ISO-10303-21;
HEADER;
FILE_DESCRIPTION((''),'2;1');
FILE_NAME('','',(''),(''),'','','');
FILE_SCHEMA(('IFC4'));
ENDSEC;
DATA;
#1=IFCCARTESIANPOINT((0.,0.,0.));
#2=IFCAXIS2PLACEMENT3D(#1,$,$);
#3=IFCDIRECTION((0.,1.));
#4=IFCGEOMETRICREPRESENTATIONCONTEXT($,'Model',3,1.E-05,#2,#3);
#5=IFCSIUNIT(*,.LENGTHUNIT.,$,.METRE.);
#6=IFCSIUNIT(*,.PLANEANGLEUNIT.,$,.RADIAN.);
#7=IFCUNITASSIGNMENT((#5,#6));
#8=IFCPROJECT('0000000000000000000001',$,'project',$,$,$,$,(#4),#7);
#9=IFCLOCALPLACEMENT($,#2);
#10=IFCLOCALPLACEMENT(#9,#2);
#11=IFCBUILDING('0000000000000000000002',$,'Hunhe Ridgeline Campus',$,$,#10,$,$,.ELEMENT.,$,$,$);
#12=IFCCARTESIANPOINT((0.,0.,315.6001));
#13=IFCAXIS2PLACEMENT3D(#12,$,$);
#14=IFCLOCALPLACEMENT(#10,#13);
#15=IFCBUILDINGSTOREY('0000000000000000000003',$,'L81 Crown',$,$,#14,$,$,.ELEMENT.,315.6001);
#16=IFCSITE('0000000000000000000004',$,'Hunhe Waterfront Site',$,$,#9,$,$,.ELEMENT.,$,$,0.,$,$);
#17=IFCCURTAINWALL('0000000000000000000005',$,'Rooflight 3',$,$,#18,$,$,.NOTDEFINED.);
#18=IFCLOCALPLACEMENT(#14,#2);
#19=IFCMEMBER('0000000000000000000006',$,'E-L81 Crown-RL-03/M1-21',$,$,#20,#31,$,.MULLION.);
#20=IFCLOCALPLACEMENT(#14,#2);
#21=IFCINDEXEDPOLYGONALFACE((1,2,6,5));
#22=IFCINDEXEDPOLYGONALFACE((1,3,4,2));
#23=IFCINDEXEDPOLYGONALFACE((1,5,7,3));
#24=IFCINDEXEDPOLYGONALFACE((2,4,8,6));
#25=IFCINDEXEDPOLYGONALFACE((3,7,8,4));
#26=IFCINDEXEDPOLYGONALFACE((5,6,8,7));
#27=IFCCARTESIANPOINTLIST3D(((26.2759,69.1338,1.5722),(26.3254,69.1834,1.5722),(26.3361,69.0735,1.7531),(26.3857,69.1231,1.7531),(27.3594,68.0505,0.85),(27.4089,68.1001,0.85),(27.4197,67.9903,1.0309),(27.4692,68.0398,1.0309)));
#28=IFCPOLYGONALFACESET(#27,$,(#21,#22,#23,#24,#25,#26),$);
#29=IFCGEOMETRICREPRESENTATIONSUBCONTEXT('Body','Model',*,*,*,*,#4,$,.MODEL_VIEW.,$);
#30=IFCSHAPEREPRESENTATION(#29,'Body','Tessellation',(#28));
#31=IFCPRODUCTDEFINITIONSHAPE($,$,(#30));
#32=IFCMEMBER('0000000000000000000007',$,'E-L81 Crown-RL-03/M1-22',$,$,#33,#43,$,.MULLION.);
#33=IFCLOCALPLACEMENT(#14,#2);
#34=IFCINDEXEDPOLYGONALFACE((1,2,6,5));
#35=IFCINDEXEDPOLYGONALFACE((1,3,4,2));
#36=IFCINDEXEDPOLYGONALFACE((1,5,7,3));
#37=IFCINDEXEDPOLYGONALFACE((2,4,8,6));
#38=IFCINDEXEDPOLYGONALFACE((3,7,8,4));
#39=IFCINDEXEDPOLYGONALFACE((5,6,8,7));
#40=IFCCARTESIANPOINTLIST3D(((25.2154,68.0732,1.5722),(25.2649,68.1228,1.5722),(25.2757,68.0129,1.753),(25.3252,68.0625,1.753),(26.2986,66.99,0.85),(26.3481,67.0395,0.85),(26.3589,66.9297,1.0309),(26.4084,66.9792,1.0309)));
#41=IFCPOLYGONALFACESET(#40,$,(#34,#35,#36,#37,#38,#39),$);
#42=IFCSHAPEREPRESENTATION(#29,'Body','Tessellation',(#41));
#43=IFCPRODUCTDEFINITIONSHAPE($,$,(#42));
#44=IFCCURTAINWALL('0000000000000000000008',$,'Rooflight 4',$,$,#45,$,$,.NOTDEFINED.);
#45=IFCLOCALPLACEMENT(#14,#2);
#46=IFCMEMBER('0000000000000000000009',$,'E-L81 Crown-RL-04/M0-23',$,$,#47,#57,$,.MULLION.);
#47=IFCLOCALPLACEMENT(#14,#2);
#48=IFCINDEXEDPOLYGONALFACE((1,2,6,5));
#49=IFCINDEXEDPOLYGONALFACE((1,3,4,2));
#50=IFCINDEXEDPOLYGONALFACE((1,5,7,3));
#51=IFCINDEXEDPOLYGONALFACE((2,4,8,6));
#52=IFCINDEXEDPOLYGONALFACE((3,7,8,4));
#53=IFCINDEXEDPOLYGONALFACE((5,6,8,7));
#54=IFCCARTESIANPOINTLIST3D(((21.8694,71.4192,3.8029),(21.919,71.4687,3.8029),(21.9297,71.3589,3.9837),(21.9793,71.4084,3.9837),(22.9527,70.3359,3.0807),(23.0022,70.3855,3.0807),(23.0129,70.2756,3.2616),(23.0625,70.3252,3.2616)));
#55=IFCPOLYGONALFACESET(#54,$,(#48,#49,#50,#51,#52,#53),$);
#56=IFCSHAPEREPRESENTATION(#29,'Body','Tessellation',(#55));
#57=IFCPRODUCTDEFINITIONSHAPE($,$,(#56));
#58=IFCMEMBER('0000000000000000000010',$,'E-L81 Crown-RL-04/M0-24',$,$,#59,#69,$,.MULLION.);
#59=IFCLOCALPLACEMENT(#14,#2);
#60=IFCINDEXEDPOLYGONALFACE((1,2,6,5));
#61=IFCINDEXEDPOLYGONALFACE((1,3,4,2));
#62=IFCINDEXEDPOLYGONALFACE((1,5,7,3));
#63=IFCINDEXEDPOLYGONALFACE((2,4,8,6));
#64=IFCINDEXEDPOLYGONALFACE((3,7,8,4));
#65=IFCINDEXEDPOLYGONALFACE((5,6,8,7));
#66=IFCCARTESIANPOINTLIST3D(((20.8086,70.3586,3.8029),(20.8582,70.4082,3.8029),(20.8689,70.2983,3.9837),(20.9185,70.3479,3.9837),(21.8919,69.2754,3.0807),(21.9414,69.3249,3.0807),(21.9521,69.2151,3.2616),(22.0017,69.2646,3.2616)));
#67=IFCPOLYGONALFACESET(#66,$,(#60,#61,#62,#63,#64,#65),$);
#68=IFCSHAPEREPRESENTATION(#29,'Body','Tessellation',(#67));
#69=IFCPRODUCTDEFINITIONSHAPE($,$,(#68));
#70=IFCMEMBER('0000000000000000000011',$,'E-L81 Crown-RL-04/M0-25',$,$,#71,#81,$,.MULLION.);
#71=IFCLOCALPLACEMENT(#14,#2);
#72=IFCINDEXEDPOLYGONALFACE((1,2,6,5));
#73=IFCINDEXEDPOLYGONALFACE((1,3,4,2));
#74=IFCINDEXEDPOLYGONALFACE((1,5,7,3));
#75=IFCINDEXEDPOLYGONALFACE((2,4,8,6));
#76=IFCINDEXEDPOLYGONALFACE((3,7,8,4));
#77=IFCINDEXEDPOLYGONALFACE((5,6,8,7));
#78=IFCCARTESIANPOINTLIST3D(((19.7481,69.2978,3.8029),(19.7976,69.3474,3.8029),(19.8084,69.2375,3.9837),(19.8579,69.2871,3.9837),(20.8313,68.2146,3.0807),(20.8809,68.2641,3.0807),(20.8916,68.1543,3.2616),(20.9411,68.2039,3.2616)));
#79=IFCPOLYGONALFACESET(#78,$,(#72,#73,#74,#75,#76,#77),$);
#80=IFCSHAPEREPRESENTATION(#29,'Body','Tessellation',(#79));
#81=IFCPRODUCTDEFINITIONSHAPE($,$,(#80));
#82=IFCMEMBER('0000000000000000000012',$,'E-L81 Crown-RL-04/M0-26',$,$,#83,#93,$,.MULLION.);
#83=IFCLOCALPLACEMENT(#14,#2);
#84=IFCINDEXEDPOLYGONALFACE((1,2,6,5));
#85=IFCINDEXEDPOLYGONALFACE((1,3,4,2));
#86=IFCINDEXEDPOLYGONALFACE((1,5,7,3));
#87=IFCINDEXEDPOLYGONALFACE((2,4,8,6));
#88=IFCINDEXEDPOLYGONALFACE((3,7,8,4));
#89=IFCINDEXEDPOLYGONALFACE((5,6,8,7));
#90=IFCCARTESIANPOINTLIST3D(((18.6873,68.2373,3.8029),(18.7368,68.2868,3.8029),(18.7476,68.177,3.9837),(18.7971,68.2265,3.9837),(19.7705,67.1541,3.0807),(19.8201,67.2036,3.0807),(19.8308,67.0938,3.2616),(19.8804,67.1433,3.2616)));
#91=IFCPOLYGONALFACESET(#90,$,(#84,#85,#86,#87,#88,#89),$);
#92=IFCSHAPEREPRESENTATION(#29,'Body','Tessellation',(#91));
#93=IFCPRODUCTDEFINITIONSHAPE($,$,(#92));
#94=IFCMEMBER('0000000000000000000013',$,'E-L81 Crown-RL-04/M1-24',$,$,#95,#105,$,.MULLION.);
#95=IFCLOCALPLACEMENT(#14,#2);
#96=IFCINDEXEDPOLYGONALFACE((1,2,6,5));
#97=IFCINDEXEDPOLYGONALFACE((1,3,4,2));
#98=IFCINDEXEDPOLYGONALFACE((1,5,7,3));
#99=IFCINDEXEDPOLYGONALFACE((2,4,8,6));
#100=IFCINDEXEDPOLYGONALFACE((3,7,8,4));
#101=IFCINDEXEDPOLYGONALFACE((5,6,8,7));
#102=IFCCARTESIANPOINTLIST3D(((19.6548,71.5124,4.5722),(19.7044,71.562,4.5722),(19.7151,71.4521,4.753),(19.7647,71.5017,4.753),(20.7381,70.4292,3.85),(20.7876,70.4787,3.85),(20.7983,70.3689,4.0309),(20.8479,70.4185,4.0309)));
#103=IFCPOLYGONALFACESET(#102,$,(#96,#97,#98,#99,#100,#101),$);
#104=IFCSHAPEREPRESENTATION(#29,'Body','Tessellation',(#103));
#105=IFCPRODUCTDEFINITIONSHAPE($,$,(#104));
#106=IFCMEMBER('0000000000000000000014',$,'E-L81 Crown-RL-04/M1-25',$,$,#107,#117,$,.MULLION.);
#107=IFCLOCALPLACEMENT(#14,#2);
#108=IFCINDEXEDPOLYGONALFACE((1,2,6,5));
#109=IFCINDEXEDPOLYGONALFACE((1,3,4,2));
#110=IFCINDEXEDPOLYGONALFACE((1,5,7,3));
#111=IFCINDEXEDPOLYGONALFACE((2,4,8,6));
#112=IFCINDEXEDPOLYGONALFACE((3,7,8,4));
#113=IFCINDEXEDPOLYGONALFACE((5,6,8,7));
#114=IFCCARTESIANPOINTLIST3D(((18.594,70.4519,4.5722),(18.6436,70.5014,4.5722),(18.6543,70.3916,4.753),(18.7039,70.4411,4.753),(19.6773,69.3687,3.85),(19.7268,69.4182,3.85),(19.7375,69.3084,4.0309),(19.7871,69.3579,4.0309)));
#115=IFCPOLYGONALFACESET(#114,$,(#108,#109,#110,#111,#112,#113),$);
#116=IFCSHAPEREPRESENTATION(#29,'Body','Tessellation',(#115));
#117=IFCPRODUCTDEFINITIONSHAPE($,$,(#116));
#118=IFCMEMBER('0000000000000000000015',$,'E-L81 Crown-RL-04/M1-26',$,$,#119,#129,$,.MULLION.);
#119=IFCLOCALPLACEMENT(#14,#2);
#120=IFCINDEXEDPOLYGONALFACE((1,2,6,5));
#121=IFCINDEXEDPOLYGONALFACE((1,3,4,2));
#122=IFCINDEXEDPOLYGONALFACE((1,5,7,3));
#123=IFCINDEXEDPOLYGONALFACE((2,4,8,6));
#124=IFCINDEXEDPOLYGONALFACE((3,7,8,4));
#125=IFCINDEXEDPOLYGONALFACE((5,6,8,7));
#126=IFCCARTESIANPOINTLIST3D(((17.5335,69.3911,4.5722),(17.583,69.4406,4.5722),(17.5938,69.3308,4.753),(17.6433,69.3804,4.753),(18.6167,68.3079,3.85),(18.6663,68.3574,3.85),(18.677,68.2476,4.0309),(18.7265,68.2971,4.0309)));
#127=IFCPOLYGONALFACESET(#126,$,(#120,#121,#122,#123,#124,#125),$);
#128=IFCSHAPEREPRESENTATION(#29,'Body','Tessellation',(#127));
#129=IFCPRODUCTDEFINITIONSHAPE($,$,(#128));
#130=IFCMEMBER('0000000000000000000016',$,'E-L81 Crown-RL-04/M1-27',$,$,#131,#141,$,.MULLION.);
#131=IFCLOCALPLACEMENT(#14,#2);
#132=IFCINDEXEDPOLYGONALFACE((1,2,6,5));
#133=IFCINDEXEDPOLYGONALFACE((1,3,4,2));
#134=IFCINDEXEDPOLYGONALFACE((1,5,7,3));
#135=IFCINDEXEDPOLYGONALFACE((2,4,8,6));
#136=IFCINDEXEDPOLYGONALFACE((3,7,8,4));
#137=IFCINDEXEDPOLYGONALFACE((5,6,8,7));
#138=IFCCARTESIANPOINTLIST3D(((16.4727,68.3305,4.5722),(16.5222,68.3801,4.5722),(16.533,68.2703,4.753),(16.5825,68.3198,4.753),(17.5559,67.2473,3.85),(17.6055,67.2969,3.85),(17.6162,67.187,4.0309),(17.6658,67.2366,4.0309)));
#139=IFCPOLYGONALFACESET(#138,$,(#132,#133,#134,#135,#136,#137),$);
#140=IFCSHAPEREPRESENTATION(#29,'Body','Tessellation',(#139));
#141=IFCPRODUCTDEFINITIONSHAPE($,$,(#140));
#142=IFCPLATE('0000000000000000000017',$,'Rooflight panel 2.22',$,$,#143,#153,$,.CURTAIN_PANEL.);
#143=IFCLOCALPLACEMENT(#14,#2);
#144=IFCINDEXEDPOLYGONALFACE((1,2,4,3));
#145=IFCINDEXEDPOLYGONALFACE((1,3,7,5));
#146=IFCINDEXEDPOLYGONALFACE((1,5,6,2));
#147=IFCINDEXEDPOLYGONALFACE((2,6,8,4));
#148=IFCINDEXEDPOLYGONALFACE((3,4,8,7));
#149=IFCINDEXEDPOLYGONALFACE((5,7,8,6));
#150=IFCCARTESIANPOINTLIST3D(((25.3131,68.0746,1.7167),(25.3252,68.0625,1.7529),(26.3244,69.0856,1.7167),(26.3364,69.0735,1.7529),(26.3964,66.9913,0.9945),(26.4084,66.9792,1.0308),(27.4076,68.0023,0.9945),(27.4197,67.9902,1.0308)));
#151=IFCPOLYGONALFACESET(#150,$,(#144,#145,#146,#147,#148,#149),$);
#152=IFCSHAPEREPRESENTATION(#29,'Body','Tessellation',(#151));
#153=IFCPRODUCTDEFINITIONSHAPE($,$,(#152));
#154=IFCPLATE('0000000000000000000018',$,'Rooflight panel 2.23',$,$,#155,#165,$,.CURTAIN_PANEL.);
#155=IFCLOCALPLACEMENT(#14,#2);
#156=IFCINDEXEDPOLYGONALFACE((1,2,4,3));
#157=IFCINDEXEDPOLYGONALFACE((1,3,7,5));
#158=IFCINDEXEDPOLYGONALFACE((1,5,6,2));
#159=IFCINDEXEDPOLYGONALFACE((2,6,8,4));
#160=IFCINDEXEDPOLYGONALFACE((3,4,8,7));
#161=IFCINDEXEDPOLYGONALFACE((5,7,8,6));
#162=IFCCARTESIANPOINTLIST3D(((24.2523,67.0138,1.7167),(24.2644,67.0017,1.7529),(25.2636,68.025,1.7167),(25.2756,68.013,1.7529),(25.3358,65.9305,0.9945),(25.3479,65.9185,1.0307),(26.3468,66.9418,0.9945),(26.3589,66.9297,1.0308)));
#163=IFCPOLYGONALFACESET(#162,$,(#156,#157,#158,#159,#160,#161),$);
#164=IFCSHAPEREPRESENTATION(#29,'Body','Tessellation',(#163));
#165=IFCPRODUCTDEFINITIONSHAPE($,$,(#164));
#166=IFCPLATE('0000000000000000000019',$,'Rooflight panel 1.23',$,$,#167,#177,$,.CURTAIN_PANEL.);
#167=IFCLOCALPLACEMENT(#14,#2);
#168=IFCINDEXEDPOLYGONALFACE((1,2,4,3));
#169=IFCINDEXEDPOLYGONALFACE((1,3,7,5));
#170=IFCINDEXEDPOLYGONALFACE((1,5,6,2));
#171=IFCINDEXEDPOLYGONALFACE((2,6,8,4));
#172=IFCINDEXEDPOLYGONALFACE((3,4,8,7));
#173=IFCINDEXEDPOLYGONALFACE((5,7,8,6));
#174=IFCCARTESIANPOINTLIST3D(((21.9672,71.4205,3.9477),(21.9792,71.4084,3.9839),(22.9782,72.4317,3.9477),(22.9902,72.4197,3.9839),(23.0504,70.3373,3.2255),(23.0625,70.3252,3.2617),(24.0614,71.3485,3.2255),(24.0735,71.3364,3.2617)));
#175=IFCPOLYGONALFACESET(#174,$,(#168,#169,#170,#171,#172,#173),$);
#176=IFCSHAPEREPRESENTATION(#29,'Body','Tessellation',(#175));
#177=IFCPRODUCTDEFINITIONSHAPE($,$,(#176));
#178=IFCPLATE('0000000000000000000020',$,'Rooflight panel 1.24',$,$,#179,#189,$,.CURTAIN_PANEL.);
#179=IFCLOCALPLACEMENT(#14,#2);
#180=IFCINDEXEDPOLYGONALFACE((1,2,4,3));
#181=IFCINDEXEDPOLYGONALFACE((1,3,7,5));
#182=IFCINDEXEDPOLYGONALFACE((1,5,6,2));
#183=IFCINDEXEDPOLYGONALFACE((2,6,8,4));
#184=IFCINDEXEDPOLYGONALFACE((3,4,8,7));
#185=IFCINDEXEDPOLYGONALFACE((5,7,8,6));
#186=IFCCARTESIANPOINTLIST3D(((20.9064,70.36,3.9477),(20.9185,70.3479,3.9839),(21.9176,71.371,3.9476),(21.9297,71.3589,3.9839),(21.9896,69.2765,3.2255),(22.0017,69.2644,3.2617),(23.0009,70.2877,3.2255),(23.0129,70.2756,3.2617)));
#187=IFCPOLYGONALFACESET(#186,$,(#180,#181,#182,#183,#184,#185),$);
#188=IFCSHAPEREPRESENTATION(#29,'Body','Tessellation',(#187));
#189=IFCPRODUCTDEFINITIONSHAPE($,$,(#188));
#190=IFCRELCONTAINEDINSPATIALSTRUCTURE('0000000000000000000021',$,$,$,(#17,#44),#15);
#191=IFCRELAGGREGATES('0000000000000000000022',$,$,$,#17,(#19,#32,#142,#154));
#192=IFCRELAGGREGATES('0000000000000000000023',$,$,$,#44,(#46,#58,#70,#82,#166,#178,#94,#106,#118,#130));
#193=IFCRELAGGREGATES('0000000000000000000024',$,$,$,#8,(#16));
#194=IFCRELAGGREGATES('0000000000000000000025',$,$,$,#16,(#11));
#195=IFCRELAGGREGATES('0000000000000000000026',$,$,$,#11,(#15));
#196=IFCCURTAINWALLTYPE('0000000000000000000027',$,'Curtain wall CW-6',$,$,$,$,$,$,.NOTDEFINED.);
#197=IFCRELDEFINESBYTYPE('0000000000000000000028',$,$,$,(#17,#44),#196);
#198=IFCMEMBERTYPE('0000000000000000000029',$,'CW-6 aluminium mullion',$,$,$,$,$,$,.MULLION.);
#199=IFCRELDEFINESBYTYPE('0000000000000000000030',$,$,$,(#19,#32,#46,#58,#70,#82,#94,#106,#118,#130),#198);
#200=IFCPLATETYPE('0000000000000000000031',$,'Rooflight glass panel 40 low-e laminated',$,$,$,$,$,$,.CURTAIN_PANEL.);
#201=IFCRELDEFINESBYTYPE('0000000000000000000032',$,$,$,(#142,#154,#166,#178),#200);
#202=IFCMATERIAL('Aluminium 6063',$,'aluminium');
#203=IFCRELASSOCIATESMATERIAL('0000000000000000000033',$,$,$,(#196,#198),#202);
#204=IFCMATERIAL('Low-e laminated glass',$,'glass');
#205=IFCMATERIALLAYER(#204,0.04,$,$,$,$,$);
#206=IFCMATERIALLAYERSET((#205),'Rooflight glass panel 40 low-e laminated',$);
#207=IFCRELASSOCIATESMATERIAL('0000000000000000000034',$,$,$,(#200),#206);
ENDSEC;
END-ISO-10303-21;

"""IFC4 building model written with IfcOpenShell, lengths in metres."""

from ifc_helpers import new_model, si_unit, direction, frame, origin, origin_2d, place, context, subcontext, project, spatial, polyline, rectangle, outline, extrude, material, layer, layer_set, material_profile, profile_set, type_object, element, aggregate, save


model = new_model("IFC4")

# Units and contexts
model_context = context("Model", 3, precision=1e-05, world=origin(), true_north=direction((0.0, 1.0)))
body_context = subcontext(model_context, "Body", "Model", "MODEL_VIEW")
ifc_project = project(units=[si_unit("LENGTHUNIT", "METRE"), si_unit("PLANEANGLEUNIT", "RADIAN")], contexts=[model_context])

# Site, building, storey
site_placement = place(None, origin())
site = spatial("IfcSite", under=ifc_project, at=site_placement, Name="Hunhe Waterfront Site", CompositionType="ELEMENT", RefElevation=0.0)
building_placement = place(site_placement, origin())
building = spatial("IfcBuilding", under=site, at=building_placement, Name="Hunhe Ridgeline Campus", CompositionType="ELEMENT")
storey_placement = place(building_placement, frame((0.0, 0.0, 315.6001)))
storey = spatial("IfcBuildingStorey", under=building, at=storey_placement, Name="L81 Crown", CompositionType="ELEMENT", Elevation=315.6001)

# Curtain walls, members
ifc_material_1 = material(Name="Aluminium 6063", Category="aluminium")
curtain_wall_type = type_object("IfcCurtainWallType", Name="Curtain wall CW-6", PredefinedType="NOTDEFINED", material=ifc_material_1)
curtain_wall_1_placement = place(storey_placement, origin())
curtain_wall_1 = element("IfcCurtainWall", 1, at=curtain_wall_1_placement, inside=storey, type_object=curtain_wall_type, Name="Rooflight 3", PredefinedType="NOTDEFINED")
ifc_material_profile = material_profile(ifc_material_1, rectangle(XDim=0.0701, YDim=0.2, at=origin_2d()))
ifc_profile_set = profile_set([ifc_material_profile], Name="Aluminium 6063")
member_type = type_object("IfcMemberType", Name="CW-6 aluminium mullion", PredefinedType="MULLION", material=ifc_profile_set)
member_1_placement = place(storey_placement, frame((27.4143, 68.0452, 0.9404), z_axis=(-0.639687, 0.639543, 0.426362), x_axis=(-0.707027, -0.707186, 0.0)))
member_1 = element("IfcMember", 2, at=member_1_placement, type_object=member_type, Name="E-L81 Crown-RL-03/M1-21", PredefinedType="MULLION", context=body_context, shape_type="SweptSolid", body=[
    extrude(rectangle(XDim=0.0701, YDim=0.2, at=origin_2d()), origin(), (0.0, 0.0, 1.0), 1.6938),
])
member_2_placement = place(storey_placement, frame((26.3535, 66.9846, 0.9404), z_axis=(-0.639602, 0.639602, 0.426401), x_axis=(-0.707107, -0.707107, 0.0)))
member_2 = element("IfcMember", 3, at=member_2_placement, type_object=member_type, Name="E-L81 Crown-RL-03/M1-22", PredefinedType="MULLION", context=body_context, shape_type="SweptSolid", body=[
    extrude(rectangle(XDim=0.0701, YDim=0.2, at=origin_2d()), origin(), (0.0, 0.0, 1.0), 1.6936),
])
curtain_wall_2_placement = place(storey_placement, origin())
curtain_wall_2 = element("IfcCurtainWall", 4, at=curtain_wall_2_placement, inside=storey, type_object=curtain_wall_type, Name="Rooflight 4", PredefinedType="NOTDEFINED")
member_3_placement = place(storey_placement, frame((23.0076, 70.3306, 3.1711), z_axis=(-0.639602, 0.639602, 0.426401), x_axis=(-0.707107, -0.707107, 0.0)))
member_3 = element("IfcMember", 5, at=member_3_placement, type_object=member_type, Name="E-L81 Crown-RL-04/M0-23", PredefinedType="MULLION", context=body_context, shape_type="SweptSolid", body=[
    extrude(rectangle(XDim=0.0701, YDim=0.2, at=origin_2d()), origin(), (0.0, 0.0, 1.0), 1.6936),
])
member_4_placement = place(storey_placement, frame((21.9468, 69.27, 3.1711), z_axis=(-0.639602, 0.639602, 0.426401), x_axis=(-0.707107, -0.707107, 0.0)))
member_4 = element("IfcMember", 6, at=member_4_placement, type_object=member_type, Name="E-L81 Crown-RL-04/M0-24", PredefinedType="MULLION", context=body_context, shape_type="SweptSolid", body=[
    extrude(rectangle(XDim=0.0701, YDim=0.2, at=origin_2d()), origin(), (0.0, 0.0, 1.0), 1.6936),
])
member_5_placement = place(storey_placement, frame((20.8862, 68.2092, 3.1711), z_axis=(-0.639602, 0.639602, 0.426401), x_axis=(-0.707107, -0.707107, 0.0)))
member_5 = element("IfcMember", 7, at=member_5_placement, type_object=member_type, Name="E-L81 Crown-RL-04/M0-25", PredefinedType="MULLION", context=body_context, shape_type="SweptSolid", body=[
    extrude(rectangle(XDim=0.0701, YDim=0.2, at=origin_2d()), origin(), (0.0, 0.0, 1.0), 1.6936),
])
member_6_placement = place(storey_placement, frame((19.8254, 67.1487, 3.1711), z_axis=(-0.639602, 0.639602, 0.426401), x_axis=(-0.707107, -0.707107, 0.0)))
member_6 = element("IfcMember", 8, at=member_6_placement, type_object=member_type, Name="E-L81 Crown-RL-04/M0-26", PredefinedType="MULLION", context=body_context, shape_type="SweptSolid", body=[
    extrude(rectangle(XDim=0.0701, YDim=0.2, at=origin_2d()), origin(), (0.0, 0.0, 1.0), 1.6936),
])
member_7_placement = place(storey_placement, frame((20.793, 70.4238, 3.9404), z_axis=(-0.639602, 0.639602, 0.426401), x_axis=(-0.707107, -0.707107, 0.0)))
member_7 = element("IfcMember", 9, at=member_7_placement, type_object=member_type, Name="E-L81 Crown-RL-04/M1-24", PredefinedType="MULLION", context=body_context, shape_type="SweptSolid", body=[
    extrude(rectangle(XDim=0.0701, YDim=0.2, at=origin_2d()), origin(), (0.0, 0.0, 1.0), 1.6936),
])
member_8_placement = place(storey_placement, frame((19.7322, 69.3633, 3.9404), z_axis=(-0.639602, 0.639602, 0.426401), x_axis=(-0.707107, -0.707107, 0.0)))
member_8 = element("IfcMember", 10, at=member_8_placement, type_object=member_type, Name="E-L81 Crown-RL-04/M1-25", PredefinedType="MULLION", context=body_context, shape_type="SweptSolid", body=[
    extrude(rectangle(XDim=0.0701, YDim=0.2, at=origin_2d()), origin(), (0.0, 0.0, 1.0), 1.6936),
])
member_9_placement = place(storey_placement, frame((18.6716, 68.3025, 3.9404), z_axis=(-0.639602, 0.639602, 0.426401), x_axis=(-0.707107, -0.707107, 0.0)))
member_9 = element("IfcMember", 11, at=member_9_placement, type_object=member_type, Name="E-L81 Crown-RL-04/M1-26", PredefinedType="MULLION", context=body_context, shape_type="SweptSolid", body=[
    extrude(rectangle(XDim=0.0701, YDim=0.2, at=origin_2d()), origin(), (0.0, 0.0, 1.0), 1.6936),
])
member_10_placement = place(storey_placement, frame((17.6108, 67.2419, 3.9404), z_axis=(-0.639602, 0.639602, 0.426401), x_axis=(-0.707107, -0.707107, 0.0)))
member_10 = element("IfcMember", 12, at=member_10_placement, type_object=member_type, Name="E-L81 Crown-RL-04/M1-27", PredefinedType="MULLION", context=body_context, shape_type="SweptSolid", body=[
    extrude(rectangle(XDim=0.0701, YDim=0.2, at=origin_2d()), origin(), (0.0, 0.0, 1.0), 1.6936),
])

# Plates
ifc_material_2 = material(Name="Low-e laminated glass", Category="glass")
ifc_layer = layer(ifc_material_2, 0.04)
ifc_layer_set = layer_set([ifc_layer], Name="Rooflight glass panel 40 low-e laminated")
plate_type = type_object("IfcPlateType", Name="Rooflight glass panel 40 low-e laminated", PredefinedType="CURTAIN_PANEL", material=ifc_layer_set)
plate_1_placement = place(storey_placement, frame((27.4197, 67.9902, 1.0308), z_axis=(0.301475, -0.301548, 0.904534), x_axis=(-0.639602, 0.639602, 0.426401)))
plate_1 = element("IfcPlate", 13, at=plate_1_placement, type_object=plate_type, Name="Rooflight panel 2.22", PredefinedType="CURTAIN_PANEL", context=body_context, shape_type="SweptSolid", body=[
    extrude(outline(polyline([(0.0, 0.0), (1.6936, 0.0), (1.6938, 1.4299), (0.0002, 1.4299), (0.0, 0.0)])), origin(), (0.0, 0.0, -1.0), 0.04),
])
plate_2_placement = place(storey_placement, frame((26.3589, 66.9297, 1.0308), z_axis=(0.301516, -0.301479, 0.904543), x_axis=(-0.639609, 0.639609, 0.426382)))
plate_2 = element("IfcPlate", 14, at=plate_2_placement, type_object=plate_type, Name="Rooflight panel 2.23", PredefinedType="CURTAIN_PANEL", context=body_context, shape_type="SweptSolid", body=[
    extrude(outline(polyline([(0.0, 0.0), (1.6936, 0.0), (1.6936, 1.4301), (-0.0002, 1.4299), (0.0, 0.0)])), origin(), (0.0, 0.0, -1.0), 0.04),
])
aggregate(curtain_wall_1, [member_1, member_2, plate_1, plate_2])
plate_3_placement = place(storey_placement, frame((24.0735, 71.3364, 3.2617), z_axis=(0.301548, -0.301475, 0.904534), x_axis=(-0.639602, 0.639602, 0.426401)))
plate_3 = element("IfcPlate", 15, at=plate_3_placement, type_object=plate_type, Name="Rooflight panel 1.23", PredefinedType="CURTAIN_PANEL", context=body_context, shape_type="SweptSolid", body=[
    extrude(outline(polyline([(0.0, 0.0), (1.6936, 0.0), (1.6935, 1.4299), (-0.0002, 1.4299), (0.0, 0.0)])), origin(), (0.0, 0.0, -1.0), 0.04),
])
plate_4_placement = place(storey_placement, frame((23.0129, 70.2756, 3.2617), z_axis=(0.301479, -0.301516, 0.904543), x_axis=(-0.639609, 0.639609, 0.426382)))
plate_4 = element("IfcPlate", 16, at=plate_4_placement, type_object=plate_type, Name="Rooflight panel 1.24", PredefinedType="CURTAIN_PANEL", context=body_context, shape_type="SweptSolid", body=[
    extrude(outline(polyline([(0.0, 0.0), (1.6936, 0.0), (1.6938, 1.4299), (0.0, 1.4301), (0.0, 0.0)])), origin(), (0.0, 0.0, -1.0), 0.04),
])
aggregate(curtain_wall_2, [member_3, member_4, member_5, member_6, plate_3, plate_4, member_7, member_8, member_9, member_10])

save(model, "model.ifc")
